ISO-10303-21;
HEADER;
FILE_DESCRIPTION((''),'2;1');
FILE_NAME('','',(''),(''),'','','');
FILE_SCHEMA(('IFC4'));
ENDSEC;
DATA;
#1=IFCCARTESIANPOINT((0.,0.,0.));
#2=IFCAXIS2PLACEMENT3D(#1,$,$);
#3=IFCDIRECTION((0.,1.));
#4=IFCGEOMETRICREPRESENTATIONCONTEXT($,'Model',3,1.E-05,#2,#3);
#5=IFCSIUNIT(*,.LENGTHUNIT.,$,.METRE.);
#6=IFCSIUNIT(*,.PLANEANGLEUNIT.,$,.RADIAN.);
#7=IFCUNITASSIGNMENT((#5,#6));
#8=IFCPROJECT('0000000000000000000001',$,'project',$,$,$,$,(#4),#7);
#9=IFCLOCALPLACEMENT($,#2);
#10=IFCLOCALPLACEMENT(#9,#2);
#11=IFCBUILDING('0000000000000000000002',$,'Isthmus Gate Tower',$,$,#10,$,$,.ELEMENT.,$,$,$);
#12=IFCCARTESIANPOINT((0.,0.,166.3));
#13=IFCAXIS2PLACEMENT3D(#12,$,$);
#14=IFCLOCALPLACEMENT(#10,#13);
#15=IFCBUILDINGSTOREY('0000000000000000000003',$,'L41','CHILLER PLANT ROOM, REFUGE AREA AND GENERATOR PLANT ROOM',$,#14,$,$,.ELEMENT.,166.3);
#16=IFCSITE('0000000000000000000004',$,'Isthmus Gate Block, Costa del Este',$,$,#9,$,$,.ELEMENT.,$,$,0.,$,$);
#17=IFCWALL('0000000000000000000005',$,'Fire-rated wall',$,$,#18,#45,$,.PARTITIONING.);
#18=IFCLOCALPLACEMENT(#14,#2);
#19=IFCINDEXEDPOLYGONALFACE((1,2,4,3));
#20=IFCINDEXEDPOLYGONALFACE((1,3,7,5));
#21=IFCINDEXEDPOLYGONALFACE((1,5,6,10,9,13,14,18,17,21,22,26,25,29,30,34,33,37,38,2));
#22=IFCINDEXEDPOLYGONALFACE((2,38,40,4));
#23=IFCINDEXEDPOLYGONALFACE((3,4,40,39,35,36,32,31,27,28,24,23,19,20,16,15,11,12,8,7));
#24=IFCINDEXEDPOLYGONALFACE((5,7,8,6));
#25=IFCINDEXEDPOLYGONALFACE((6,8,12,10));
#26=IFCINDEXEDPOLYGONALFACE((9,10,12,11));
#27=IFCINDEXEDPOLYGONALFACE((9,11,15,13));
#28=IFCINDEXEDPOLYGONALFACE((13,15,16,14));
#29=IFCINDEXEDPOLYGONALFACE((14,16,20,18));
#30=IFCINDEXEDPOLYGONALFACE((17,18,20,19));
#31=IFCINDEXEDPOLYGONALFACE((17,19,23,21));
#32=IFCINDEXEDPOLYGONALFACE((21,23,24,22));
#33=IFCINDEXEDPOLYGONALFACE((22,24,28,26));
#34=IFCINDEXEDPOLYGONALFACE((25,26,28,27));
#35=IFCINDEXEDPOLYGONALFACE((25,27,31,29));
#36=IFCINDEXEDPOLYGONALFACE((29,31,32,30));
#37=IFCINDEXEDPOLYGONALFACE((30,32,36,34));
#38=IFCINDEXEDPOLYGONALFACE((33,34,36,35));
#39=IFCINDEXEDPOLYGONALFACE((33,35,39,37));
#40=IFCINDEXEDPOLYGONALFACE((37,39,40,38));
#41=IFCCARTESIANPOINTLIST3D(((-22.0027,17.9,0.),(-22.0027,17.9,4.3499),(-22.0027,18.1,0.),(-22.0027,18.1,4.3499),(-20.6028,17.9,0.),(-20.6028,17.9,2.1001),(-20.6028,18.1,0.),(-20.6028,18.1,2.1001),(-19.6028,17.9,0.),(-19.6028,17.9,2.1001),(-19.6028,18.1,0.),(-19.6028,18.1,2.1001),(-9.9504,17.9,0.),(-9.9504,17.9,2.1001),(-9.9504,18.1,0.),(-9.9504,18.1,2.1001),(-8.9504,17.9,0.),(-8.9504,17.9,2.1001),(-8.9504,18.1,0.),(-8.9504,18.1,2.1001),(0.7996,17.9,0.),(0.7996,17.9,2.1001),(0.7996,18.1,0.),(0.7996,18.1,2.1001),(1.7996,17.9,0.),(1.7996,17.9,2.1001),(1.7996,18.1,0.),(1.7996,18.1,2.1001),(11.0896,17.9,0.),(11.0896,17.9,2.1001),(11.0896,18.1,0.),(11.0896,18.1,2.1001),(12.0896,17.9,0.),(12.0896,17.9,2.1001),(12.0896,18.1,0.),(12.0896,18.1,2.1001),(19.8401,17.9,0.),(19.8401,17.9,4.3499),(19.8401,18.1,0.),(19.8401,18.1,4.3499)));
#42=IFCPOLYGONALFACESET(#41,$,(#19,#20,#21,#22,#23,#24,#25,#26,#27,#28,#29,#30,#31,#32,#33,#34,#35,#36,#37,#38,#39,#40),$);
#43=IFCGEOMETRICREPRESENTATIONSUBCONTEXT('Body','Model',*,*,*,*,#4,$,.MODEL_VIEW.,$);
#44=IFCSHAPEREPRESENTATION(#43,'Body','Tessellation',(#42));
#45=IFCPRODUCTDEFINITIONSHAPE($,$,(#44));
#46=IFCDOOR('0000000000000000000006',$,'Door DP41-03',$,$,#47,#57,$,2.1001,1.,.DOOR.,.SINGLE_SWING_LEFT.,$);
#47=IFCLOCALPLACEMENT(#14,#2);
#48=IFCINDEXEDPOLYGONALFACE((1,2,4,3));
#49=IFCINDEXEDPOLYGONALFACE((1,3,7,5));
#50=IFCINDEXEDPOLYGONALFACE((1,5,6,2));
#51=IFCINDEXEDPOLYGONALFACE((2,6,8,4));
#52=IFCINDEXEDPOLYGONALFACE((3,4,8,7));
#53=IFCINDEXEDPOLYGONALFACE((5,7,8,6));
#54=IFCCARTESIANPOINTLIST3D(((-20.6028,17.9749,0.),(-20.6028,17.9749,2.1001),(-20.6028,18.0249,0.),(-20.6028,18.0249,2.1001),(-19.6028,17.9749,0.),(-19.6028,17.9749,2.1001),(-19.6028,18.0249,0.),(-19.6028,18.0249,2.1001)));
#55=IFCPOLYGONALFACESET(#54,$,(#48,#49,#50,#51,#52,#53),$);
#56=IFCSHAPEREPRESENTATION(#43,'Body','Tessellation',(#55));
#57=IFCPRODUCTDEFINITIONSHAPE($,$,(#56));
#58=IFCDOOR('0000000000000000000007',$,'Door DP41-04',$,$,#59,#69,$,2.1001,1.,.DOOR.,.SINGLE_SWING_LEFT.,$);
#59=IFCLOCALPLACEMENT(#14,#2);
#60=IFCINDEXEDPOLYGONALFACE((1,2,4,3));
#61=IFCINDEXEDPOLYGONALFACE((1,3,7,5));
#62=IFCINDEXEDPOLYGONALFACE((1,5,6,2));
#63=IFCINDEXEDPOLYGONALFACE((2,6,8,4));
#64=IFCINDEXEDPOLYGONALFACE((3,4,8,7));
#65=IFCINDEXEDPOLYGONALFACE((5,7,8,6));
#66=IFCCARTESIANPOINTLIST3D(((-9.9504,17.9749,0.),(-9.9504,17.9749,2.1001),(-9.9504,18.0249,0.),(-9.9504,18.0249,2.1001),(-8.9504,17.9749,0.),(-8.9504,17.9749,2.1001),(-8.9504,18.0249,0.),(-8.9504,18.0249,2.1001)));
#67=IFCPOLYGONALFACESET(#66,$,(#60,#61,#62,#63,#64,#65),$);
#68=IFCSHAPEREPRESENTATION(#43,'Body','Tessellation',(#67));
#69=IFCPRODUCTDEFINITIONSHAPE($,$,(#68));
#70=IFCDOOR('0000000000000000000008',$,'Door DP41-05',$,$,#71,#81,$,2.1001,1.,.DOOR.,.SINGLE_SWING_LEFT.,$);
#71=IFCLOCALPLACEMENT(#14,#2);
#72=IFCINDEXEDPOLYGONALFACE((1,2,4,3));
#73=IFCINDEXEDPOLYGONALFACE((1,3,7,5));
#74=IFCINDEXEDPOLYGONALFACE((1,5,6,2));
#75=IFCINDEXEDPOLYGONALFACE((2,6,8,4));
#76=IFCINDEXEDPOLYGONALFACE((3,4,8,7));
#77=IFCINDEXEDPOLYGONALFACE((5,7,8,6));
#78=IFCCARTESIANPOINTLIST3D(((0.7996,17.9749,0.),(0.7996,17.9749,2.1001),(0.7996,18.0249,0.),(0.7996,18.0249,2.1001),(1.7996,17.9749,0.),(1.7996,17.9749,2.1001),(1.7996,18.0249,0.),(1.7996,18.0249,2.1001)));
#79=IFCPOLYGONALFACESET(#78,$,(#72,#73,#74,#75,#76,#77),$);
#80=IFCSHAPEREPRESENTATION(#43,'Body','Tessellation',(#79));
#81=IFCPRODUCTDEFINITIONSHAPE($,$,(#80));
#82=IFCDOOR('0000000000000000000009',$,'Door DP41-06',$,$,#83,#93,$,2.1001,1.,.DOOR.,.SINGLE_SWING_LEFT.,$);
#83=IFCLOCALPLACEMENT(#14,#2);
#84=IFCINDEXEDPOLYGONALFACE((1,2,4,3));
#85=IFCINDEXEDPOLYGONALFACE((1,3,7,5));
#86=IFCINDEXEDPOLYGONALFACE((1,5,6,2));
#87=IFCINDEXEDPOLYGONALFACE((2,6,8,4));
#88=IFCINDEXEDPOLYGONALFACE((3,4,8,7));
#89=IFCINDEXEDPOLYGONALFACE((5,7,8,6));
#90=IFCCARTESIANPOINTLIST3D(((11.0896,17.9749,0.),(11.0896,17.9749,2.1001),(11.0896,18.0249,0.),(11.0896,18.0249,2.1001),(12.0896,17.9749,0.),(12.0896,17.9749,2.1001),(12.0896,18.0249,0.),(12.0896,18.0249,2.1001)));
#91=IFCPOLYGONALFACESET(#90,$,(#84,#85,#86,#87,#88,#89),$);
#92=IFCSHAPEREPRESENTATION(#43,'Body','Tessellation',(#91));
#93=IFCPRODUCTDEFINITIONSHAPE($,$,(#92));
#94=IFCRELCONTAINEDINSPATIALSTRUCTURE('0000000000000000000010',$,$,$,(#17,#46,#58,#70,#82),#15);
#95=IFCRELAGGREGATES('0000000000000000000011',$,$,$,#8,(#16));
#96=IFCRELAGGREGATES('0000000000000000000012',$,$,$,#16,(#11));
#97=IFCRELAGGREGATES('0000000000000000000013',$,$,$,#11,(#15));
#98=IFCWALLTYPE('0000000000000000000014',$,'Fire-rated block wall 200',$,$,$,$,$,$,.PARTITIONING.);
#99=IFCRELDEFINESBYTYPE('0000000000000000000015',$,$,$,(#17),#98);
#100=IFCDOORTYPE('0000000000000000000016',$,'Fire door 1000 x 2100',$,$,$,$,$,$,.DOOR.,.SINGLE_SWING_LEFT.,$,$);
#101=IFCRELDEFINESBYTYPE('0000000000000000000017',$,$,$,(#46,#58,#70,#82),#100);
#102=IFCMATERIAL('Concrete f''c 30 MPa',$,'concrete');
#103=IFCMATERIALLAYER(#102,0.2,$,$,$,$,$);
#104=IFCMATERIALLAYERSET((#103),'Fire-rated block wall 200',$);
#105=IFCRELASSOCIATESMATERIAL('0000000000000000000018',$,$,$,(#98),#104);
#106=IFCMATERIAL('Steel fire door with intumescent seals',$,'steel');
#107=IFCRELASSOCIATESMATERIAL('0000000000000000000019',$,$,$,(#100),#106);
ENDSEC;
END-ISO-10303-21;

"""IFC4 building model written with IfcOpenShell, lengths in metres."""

from ifc_helpers import new_model, si_unit, direction, frame, frame_2d, origin, place, context, subcontext, project, spatial, rectangle, extrude, material, layer, layer_set, type_object, element, fill, save


model = new_model("IFC4")

# Units and contexts
model_context = context("Model", 3, precision=1e-05, world=origin(), true_north=direction((0.0, 1.0)))
body_context = subcontext(model_context, "Body", "Model", "MODEL_VIEW")
ifc_project = project(units=[si_unit("LENGTHUNIT", "METRE"), si_unit("PLANEANGLEUNIT", "RADIAN")], contexts=[model_context])

# Site, building, storey
site_placement = place(None, origin())
site = spatial("IfcSite", under=ifc_project, at=site_placement, Name="Isthmus Gate Block, Costa del Este", CompositionType="ELEMENT", RefElevation=0.0)
building_placement = place(site_placement, origin())
building = spatial("IfcBuilding", under=site, at=building_placement, Name="Isthmus Gate Tower", CompositionType="ELEMENT")
storey_placement = place(building_placement, frame((0.0, 0.0, 166.3)))
storey = spatial("IfcBuildingStorey", under=building, at=storey_placement, Name="L41", Description="CHILLER PLANT ROOM, REFUGE AREA AND GENERATOR PLANT ROOM", CompositionType="ELEMENT", Elevation=166.3)

# Shared definitions
ifc_material_1 = material(Name="Concrete f'c 30 MPa", Category="concrete")
ifc_layer_1 = layer(ifc_material_1, 0.2)
ifc_layer_set_1 = layer_set([ifc_layer_1], Name="Fire-rated block wall 200")
wall_type_1 = type_object("IfcWallType", Name="Fire-rated block wall 200", PredefinedType="PARTITIONING", material=ifc_layer_set_1)

# Wall, openings, doors
wall_1_placement = place(storey_placement, frame((-22.0027, 18.0, 0.0), z_axis=(0.0, 0.0, 1.0), x_axis=(1.0, 0.0, 0.0)))
wall_1 = element("IfcWall", 1, at=wall_1_placement, inside=storey, type_object=wall_type_1, Name="Fire-rated wall", PredefinedType="PARTITIONING", context=body_context, shape_type="SweptSolid", body=[
    extrude(rectangle(XDim=41.8428, YDim=0.2, at=frame_2d((20.9214, 0.0))), origin(), (0.0, 0.0, 1.0), 4.3499),
])
opening_1_placement = place(wall_1_placement, frame((1.3999, 0.0, 0.0)))
opening_1 = element("IfcOpeningElement", 2, at=opening_1_placement, cuts=wall_1, PredefinedType="OPENING", context=body_context, shape_type="SweptSolid", body=[
    extrude(rectangle(XDim=1.0, YDim=2.1001, at=frame_2d((0.5, 1.05))), frame((0.0, 0.1099, 0.0), z_axis=(0.0, -1.0, 0.0), x_axis=(1.0, 0.0, 0.0)), (0.0, 0.0, 1.0), 0.22),
])
opening_2_placement = place(wall_1_placement, frame((12.0522, 0.0, 0.0)))
opening_2 = element("IfcOpeningElement", 3, at=opening_2_placement, cuts=wall_1, PredefinedType="OPENING", context=body_context, shape_type="SweptSolid", body=[
    extrude(rectangle(XDim=1.0, YDim=2.1001, at=frame_2d((0.5, 1.05))), frame((0.0, 0.1099, 0.0), z_axis=(0.0, -1.0, 0.0), x_axis=(1.0, 0.0, 0.0)), (0.0, 0.0, 1.0), 0.22),
])
opening_3_placement = place(wall_1_placement, frame((22.8022, 0.0, 0.0)))
opening_3 = element("IfcOpeningElement", 4, at=opening_3_placement, cuts=wall_1, PredefinedType="OPENING", context=body_context, shape_type="SweptSolid", body=[
    extrude(rectangle(XDim=1.0, YDim=2.1001, at=frame_2d((0.5, 1.05))), frame((0.0, 0.1099, 0.0), z_axis=(0.0, -1.0, 0.0), x_axis=(1.0, 0.0, 0.0)), (0.0, 0.0, 1.0), 0.22),
])
opening_4_placement = place(wall_1_placement, frame((33.0923, 0.0, 0.0)))
opening_4 = element("IfcOpeningElement", 5, at=opening_4_placement, cuts=wall_1, PredefinedType="OPENING", context=body_context, shape_type="SweptSolid", body=[
    extrude(rectangle(XDim=1.0, YDim=2.1001, at=frame_2d((0.5, 1.05))), frame((0.0, 0.1099, 0.0), z_axis=(0.0, -1.0, 0.0), x_axis=(1.0, 0.0, 0.0)), (0.0, 0.0, 1.0), 0.22),
])
ifc_material_2 = material(Name="Steel fire door with intumescent seals", Category="steel")
door_type_1 = type_object("IfcDoorType", Name="Fire door 1000 x 2100", OperationType="SINGLE_SWING_LEFT", PredefinedType="DOOR", material=ifc_material_2)
door_1_placement = place(opening_1_placement, origin())
door_1 = element("IfcDoor", 6, at=door_1_placement, inside=storey, type_object=door_type_1, Name="Door DP41-03", OperationType="SINGLE_SWING_LEFT", OverallHeight=2.1001, OverallWidth=1.0, PredefinedType="DOOR", context=body_context, shape_type="SweptSolid", body=[
    extrude(rectangle(XDim=1.0, YDim=2.1001, at=frame_2d((0.5, 1.05))), frame((0.0, 0.0249, 0.0), z_axis=(0.0, -1.0, 0.0), x_axis=(1.0, 0.0, 0.0)), (0.0, 0.0, 1.0), 0.05),
])
fill(opening_1, door_1)
door_2_placement = place(opening_2_placement, origin())
door_2 = element("IfcDoor", 7, at=door_2_placement, inside=storey, type_object=door_type_1, Name="Door DP41-04", OperationType="SINGLE_SWING_LEFT", OverallHeight=2.1001, OverallWidth=1.0, PredefinedType="DOOR", context=body_context, shape_type="SweptSolid", body=[
    extrude(rectangle(XDim=1.0, YDim=2.1001, at=frame_2d((0.5, 1.05))), frame((0.0, 0.0249, 0.0), z_axis=(0.0, -1.0, 0.0), x_axis=(1.0, 0.0, 0.0)), (0.0, 0.0, 1.0), 0.05),
])
fill(opening_2, door_2)
door_3_placement = place(opening_3_placement, origin())
door_3 = element("IfcDoor", 8, at=door_3_placement, inside=storey, type_object=door_type_1, Name="Door DP41-05", OperationType="SINGLE_SWING_LEFT", OverallHeight=2.1001, OverallWidth=1.0, PredefinedType="DOOR", context=body_context, shape_type="SweptSolid", body=[
    extrude(rectangle(XDim=1.0, YDim=2.1001, at=frame_2d((0.5, 1.05))), frame((0.0, 0.0249, 0.0), z_axis=(0.0, -1.0, 0.0), x_axis=(1.0, 0.0, 0.0)), (0.0, 0.0, 1.0), 0.05),
])
fill(opening_3, door_3)
door_4_placement = place(opening_4_placement, origin())
door_4 = element("IfcDoor", 9, at=door_4_placement, inside=storey, type_object=door_type_1, Name="Door DP41-06", OperationType="SINGLE_SWING_LEFT", OverallHeight=2.1001, OverallWidth=1.0, PredefinedType="DOOR", context=body_context, shape_type="SweptSolid", body=[
    extrude(rectangle(XDim=1.0, YDim=2.1001, at=frame_2d((0.5, 1.05))), frame((0.0, 0.0249, 0.0), z_axis=(0.0, -1.0, 0.0), x_axis=(1.0, 0.0, 0.0)), (0.0, 0.0, 1.0), 0.05),
])
fill(opening_4, door_4)

save(model, "model.ifc")
